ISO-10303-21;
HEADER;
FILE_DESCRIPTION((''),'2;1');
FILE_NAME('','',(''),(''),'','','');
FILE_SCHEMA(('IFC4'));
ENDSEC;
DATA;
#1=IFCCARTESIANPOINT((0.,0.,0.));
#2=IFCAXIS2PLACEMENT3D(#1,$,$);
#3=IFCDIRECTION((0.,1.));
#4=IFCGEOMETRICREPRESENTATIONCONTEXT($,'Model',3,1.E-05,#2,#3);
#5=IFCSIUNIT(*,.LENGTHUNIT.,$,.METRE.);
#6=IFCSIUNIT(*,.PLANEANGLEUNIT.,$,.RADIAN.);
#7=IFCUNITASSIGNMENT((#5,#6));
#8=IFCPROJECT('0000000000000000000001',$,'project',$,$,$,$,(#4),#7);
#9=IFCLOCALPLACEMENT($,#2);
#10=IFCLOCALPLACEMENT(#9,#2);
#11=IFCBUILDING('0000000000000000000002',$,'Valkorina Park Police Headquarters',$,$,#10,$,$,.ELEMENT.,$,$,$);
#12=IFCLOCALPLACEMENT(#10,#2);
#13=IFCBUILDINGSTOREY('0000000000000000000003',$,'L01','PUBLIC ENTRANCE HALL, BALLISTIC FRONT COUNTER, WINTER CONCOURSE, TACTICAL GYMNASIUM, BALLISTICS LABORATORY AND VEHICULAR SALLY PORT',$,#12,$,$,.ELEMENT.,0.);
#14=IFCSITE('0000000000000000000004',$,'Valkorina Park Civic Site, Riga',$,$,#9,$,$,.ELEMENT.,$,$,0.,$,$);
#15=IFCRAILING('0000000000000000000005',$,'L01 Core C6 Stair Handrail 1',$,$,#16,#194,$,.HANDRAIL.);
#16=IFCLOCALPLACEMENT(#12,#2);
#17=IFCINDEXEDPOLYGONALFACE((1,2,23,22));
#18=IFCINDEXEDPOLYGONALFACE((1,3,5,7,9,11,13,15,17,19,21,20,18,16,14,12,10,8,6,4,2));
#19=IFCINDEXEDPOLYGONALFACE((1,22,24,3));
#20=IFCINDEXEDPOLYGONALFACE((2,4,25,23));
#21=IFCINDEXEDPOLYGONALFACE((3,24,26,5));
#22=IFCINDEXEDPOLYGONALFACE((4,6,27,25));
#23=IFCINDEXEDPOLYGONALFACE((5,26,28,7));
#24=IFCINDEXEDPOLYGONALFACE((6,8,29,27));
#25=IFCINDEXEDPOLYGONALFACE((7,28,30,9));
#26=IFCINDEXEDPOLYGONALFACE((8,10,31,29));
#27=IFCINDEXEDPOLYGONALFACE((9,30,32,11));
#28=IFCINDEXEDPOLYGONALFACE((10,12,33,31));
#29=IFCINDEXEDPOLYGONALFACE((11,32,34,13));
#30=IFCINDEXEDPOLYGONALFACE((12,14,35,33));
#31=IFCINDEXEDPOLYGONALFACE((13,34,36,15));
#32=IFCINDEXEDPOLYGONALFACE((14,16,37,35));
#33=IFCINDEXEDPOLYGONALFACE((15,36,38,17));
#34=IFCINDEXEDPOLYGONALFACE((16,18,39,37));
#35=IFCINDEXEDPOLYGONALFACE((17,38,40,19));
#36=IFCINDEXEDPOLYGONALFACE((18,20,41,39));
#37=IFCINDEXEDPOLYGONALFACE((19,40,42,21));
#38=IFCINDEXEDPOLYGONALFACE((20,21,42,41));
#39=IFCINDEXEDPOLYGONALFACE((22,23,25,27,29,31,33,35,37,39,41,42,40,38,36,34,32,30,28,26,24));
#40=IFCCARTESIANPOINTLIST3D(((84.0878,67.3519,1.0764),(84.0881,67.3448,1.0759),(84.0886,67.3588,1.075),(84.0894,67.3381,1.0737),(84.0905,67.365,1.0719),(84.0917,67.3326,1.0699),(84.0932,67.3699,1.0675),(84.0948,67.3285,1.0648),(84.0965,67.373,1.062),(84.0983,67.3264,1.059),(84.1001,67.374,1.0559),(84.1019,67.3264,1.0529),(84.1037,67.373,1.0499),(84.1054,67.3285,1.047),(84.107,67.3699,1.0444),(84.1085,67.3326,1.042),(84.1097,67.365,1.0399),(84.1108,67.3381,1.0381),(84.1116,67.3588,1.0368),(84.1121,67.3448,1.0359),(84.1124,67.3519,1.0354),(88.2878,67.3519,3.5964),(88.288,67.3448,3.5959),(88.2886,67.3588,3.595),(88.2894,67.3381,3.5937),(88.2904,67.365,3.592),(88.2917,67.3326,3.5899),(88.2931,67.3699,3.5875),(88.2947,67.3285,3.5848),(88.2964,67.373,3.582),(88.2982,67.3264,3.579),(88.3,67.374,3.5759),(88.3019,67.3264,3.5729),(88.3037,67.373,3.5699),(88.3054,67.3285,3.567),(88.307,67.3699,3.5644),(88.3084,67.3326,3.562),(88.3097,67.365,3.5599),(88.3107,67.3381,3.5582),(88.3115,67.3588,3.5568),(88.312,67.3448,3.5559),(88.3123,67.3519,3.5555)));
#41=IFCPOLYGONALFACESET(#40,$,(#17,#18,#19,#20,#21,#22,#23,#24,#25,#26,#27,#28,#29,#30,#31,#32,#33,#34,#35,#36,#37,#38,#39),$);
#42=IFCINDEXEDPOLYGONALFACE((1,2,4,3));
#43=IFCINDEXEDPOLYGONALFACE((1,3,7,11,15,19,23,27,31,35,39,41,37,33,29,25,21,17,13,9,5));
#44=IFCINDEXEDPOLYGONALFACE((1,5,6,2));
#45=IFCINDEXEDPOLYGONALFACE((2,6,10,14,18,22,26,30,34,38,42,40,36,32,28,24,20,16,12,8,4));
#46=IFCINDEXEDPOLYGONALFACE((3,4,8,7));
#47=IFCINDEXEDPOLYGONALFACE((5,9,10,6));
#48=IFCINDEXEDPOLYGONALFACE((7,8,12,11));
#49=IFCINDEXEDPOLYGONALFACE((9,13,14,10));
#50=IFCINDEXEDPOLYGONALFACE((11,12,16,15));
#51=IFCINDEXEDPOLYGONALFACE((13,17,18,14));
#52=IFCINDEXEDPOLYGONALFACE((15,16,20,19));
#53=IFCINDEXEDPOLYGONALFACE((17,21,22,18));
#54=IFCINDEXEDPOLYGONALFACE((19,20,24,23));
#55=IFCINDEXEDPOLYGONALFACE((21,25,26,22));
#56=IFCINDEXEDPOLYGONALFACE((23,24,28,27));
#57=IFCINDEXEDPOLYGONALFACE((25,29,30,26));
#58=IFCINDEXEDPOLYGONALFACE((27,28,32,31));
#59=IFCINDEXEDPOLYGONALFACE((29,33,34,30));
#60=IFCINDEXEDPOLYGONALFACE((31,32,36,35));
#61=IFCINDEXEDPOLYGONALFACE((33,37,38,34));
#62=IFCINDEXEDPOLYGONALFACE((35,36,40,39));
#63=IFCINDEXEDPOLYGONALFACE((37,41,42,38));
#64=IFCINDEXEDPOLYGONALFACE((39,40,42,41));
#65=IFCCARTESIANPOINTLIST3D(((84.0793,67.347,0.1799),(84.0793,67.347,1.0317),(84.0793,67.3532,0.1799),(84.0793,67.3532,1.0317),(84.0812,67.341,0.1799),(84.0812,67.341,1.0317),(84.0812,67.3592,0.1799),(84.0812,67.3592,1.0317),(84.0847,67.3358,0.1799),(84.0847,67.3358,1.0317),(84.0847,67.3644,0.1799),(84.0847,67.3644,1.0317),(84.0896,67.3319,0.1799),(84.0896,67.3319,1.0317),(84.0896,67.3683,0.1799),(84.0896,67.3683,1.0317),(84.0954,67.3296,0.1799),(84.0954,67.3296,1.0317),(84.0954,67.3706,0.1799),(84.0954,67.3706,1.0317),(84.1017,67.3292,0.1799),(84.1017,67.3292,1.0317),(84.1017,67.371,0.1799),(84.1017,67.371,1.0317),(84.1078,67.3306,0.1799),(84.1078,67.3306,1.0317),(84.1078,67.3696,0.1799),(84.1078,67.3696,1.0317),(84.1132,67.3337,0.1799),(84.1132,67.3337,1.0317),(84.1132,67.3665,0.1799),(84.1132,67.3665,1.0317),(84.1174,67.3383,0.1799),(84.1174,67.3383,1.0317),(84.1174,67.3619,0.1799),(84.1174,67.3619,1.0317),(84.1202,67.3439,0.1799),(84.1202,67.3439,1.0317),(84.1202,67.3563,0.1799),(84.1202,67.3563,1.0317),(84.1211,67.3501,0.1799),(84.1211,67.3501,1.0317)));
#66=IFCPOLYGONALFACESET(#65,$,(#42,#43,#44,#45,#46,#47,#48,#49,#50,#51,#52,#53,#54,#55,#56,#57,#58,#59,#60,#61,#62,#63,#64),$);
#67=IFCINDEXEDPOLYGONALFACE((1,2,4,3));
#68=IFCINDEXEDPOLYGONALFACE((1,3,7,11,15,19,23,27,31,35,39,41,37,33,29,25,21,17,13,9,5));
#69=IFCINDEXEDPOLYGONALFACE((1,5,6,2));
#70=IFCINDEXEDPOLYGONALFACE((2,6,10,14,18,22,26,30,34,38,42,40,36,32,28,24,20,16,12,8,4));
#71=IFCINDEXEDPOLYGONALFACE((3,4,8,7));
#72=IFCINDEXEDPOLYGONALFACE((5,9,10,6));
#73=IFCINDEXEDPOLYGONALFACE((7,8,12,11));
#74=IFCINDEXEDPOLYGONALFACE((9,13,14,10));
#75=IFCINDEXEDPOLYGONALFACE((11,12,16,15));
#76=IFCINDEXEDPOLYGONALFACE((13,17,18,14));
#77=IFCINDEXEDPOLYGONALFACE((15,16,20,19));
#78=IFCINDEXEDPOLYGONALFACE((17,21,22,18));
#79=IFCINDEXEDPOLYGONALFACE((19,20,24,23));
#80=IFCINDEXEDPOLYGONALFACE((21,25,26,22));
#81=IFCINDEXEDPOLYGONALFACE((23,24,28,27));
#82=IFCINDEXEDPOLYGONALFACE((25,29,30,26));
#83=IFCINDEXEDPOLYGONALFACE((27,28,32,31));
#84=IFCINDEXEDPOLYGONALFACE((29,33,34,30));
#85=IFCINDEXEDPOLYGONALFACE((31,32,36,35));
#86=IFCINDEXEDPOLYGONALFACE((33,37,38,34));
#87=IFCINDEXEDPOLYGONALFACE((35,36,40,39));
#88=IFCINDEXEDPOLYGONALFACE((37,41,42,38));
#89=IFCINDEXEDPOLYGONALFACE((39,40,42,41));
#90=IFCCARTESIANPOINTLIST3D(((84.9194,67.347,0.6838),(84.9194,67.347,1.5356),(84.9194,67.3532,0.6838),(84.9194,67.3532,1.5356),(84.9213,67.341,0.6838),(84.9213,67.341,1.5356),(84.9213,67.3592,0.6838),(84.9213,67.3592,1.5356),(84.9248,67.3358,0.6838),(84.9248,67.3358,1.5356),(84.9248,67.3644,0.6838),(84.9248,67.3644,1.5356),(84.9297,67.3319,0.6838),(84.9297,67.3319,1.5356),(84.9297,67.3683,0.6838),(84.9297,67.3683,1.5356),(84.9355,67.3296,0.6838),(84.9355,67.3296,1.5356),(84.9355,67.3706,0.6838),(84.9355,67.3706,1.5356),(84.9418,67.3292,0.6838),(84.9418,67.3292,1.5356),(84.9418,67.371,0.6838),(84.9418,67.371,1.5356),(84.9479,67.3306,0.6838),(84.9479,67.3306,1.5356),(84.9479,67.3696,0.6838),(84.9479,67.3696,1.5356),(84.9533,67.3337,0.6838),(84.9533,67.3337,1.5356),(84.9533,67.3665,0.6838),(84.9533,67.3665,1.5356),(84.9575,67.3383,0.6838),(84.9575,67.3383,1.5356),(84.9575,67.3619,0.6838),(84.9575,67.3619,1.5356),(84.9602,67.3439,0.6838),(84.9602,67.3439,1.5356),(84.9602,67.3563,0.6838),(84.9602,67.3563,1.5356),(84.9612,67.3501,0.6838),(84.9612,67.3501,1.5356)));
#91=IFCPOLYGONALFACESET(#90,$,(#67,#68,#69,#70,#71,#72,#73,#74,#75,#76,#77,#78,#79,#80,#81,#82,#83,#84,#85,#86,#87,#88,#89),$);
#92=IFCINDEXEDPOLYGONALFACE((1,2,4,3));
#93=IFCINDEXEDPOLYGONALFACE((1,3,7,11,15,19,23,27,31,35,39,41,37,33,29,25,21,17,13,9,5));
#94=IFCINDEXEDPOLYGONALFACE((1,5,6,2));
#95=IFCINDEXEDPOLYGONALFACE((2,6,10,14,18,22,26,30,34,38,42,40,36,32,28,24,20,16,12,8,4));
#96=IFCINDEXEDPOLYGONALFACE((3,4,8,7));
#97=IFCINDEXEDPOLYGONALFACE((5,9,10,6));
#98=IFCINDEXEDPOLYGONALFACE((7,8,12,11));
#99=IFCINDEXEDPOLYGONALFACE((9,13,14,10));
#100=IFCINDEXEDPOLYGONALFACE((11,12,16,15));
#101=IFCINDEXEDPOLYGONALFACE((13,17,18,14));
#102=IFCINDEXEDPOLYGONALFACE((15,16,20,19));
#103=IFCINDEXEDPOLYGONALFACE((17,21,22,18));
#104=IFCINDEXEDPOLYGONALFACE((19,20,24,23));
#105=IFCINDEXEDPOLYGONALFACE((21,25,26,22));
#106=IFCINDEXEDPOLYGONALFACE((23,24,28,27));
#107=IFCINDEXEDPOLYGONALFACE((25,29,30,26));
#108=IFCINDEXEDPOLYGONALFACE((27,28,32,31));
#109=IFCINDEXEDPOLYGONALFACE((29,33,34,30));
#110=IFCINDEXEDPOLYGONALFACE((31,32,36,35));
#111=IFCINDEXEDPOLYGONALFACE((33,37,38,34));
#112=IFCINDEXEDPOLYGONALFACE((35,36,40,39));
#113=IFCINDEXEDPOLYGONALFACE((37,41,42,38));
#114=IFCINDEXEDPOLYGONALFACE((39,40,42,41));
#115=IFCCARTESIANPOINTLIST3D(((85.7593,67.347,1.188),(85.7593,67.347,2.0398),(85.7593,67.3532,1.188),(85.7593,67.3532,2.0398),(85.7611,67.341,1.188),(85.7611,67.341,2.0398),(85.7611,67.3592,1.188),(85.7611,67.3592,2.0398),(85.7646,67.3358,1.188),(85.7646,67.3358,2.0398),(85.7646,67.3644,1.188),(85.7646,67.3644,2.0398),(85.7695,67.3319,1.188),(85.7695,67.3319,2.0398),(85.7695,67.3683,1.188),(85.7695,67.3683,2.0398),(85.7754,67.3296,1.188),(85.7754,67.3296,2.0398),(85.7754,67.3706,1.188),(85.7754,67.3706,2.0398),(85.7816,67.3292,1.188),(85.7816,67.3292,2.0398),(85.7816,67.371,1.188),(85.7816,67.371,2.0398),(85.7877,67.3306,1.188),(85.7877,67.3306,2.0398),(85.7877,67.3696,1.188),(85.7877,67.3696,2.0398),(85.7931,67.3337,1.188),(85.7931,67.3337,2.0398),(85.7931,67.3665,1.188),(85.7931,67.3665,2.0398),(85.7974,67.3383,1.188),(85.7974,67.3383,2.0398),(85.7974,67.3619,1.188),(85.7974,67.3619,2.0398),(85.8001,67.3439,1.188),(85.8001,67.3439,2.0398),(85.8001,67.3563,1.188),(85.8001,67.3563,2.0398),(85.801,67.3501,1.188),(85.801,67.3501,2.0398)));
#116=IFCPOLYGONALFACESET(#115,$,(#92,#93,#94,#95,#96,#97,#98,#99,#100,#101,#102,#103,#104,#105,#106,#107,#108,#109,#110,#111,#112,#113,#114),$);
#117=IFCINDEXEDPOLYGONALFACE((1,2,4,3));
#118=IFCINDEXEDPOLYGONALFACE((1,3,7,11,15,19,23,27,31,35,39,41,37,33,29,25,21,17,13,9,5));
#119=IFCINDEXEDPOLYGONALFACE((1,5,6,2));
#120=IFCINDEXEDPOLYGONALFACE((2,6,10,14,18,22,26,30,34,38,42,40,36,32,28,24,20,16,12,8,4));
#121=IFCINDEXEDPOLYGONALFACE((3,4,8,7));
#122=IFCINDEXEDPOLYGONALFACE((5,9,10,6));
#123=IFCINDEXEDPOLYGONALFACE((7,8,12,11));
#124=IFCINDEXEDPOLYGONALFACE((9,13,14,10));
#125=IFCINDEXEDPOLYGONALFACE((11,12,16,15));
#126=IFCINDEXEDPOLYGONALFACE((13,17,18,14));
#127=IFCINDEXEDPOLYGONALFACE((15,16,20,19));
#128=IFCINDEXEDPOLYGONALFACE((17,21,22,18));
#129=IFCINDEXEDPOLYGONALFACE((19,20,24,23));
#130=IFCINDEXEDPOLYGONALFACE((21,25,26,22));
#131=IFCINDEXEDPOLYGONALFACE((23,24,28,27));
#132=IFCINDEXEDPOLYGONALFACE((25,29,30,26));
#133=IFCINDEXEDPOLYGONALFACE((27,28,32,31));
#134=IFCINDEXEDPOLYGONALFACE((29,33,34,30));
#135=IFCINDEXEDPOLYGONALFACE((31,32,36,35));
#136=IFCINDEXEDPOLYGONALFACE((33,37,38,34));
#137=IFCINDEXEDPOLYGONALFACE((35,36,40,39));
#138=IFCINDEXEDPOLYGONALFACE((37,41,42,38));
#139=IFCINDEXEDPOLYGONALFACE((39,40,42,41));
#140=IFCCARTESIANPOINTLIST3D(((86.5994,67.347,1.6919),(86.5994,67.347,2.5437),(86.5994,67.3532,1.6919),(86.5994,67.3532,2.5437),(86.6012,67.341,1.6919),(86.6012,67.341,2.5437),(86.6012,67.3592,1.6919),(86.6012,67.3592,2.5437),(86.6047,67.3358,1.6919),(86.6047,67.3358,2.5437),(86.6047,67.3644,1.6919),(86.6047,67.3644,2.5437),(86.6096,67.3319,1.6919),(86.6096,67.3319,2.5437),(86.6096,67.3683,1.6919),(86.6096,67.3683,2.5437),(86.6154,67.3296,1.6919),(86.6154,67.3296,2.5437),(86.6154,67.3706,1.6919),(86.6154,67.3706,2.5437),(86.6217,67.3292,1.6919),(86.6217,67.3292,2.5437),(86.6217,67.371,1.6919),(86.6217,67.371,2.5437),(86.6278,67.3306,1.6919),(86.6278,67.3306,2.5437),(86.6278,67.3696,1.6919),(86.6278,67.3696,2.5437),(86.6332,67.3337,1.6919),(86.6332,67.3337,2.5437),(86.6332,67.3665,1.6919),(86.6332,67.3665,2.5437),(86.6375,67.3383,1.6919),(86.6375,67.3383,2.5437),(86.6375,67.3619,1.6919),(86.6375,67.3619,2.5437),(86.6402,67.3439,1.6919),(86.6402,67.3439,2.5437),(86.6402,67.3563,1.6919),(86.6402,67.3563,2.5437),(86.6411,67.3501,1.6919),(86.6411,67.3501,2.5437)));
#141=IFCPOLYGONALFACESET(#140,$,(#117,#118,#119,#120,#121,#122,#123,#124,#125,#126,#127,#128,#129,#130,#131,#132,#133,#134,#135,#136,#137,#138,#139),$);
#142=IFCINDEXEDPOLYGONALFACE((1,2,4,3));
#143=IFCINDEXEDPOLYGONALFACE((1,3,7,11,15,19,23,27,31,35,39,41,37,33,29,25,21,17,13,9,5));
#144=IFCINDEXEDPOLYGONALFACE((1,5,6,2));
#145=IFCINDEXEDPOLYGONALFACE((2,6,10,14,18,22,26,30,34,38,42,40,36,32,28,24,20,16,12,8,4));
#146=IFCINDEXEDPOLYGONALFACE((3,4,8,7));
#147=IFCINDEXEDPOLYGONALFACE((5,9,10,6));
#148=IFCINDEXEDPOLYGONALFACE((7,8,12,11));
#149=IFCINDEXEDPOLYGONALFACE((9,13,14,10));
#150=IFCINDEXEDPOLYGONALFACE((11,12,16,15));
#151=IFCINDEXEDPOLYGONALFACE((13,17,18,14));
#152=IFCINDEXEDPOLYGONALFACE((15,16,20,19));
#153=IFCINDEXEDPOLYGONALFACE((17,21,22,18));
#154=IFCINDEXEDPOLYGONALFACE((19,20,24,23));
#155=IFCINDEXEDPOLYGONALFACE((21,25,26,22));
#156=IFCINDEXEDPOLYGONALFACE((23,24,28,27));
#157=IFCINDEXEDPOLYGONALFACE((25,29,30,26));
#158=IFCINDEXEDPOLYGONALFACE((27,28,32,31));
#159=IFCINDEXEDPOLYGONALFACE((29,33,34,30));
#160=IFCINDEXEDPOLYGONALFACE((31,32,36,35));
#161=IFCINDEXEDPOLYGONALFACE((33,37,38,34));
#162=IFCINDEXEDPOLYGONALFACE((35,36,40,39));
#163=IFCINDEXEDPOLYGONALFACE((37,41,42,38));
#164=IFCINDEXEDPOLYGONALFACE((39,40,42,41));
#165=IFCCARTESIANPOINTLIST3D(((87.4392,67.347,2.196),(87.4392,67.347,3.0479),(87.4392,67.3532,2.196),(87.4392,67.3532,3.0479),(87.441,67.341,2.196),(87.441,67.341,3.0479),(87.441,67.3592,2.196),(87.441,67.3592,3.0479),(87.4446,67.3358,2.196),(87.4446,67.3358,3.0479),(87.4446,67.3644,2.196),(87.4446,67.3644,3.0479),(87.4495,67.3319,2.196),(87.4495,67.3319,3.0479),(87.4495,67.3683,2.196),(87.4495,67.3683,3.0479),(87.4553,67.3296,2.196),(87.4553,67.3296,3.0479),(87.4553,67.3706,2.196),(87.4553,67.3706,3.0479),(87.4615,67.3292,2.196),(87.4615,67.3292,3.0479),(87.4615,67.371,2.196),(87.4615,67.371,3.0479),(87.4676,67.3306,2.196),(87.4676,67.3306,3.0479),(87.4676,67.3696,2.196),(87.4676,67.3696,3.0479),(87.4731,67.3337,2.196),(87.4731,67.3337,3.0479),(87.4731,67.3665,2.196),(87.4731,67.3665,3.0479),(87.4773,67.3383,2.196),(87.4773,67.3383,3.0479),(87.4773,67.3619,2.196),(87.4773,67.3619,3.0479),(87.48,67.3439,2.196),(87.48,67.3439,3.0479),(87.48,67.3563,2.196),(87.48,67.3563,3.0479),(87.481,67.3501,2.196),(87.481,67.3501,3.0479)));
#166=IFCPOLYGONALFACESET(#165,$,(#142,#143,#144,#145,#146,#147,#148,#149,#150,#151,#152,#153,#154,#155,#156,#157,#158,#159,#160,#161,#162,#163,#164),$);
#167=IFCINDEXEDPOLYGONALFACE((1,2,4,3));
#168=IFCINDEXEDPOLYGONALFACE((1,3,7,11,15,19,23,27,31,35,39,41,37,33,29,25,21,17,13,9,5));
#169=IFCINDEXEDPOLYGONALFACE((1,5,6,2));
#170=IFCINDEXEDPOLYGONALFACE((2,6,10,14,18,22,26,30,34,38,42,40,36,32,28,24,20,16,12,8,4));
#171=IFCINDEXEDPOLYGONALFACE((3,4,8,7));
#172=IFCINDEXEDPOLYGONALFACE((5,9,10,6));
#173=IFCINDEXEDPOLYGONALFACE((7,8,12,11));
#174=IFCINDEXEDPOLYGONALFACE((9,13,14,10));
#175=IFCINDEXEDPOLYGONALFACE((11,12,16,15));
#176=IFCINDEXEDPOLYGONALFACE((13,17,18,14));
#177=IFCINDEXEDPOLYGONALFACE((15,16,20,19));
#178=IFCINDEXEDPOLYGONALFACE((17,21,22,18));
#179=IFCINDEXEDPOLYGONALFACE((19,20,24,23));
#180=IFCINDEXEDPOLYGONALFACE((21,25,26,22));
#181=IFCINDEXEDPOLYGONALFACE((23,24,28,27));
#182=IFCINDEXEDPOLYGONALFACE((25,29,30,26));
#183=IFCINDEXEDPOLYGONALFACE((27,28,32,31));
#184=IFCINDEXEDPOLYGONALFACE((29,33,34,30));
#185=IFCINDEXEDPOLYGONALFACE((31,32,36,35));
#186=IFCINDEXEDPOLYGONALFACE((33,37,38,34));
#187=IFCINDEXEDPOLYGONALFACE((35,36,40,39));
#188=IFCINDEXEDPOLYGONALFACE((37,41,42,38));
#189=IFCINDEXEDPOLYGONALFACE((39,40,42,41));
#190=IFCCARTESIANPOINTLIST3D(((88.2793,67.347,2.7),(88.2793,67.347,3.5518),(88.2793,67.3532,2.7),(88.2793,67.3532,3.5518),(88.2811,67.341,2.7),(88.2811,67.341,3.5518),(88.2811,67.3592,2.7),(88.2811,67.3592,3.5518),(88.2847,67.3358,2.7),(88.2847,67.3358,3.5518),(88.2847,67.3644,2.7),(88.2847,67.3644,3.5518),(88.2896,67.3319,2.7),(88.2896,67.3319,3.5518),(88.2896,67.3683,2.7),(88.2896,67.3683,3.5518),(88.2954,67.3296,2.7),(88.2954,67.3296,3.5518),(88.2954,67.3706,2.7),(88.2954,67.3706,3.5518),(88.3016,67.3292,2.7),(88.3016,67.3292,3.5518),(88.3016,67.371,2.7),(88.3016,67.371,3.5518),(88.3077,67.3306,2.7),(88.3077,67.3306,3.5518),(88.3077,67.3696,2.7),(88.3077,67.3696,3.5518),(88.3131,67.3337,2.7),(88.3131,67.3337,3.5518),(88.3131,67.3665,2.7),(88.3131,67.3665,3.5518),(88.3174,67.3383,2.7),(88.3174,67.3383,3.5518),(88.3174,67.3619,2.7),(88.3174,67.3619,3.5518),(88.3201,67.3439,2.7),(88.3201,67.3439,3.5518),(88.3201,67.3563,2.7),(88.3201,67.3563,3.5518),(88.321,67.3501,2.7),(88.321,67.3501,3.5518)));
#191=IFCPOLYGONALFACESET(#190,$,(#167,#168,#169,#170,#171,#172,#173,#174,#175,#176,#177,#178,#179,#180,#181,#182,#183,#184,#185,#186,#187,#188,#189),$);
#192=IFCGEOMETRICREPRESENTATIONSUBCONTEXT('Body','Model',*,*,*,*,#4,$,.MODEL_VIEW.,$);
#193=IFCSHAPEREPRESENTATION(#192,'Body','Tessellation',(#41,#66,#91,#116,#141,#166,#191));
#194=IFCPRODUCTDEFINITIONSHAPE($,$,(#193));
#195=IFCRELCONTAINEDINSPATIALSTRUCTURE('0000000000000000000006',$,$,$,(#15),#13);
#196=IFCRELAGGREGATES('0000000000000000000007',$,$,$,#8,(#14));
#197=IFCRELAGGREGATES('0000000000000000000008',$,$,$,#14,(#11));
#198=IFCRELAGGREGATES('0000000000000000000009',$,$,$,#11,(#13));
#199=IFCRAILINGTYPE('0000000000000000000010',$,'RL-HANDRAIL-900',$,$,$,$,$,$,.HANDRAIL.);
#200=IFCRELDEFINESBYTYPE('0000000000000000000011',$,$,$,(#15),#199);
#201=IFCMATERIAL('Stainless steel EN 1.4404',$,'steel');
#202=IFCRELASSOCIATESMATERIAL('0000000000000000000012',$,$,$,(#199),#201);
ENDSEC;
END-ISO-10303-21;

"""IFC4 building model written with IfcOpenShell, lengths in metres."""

from ifc_helpers import new_model, si_unit, direction, frame, origin, origin_2d, place, context, subcontext, project, spatial, circle, extrude, material, type_object, element, save


model = new_model("IFC4")

# Units and contexts
model_context = context("Model", 3, precision=1e-05, world=origin(), true_north=direction((0.0, 1.0)))
body_context = subcontext(model_context, "Body", "Model", "MODEL_VIEW")
ifc_project = project(units=[si_unit("LENGTHUNIT", "METRE"), si_unit("PLANEANGLEUNIT", "RADIAN")], contexts=[model_context])

# Site, building, storey
site_placement = place(None, origin())
site = spatial("IfcSite", under=ifc_project, at=site_placement, Name="Valkorina Park Civic Site, Riga", CompositionType="ELEMENT", RefElevation=0.0)
building_placement = place(site_placement, origin())
building = spatial("IfcBuilding", under=site, at=building_placement, Name="Valkorina Park Police Headquarters", CompositionType="ELEMENT")
storey_placement = place(building_placement, origin())
storey = spatial("IfcBuildingStorey", under=building, at=storey_placement, Name="L01", Description="PUBLIC ENTRANCE HALL, BALLISTIC FRONT COUNTER, WINTER CONCOURSE, TACTICAL GYMNASIUM, BALLISTICS LABORATORY AND VEHICULAR SALLY PORT", CompositionType="ELEMENT", Elevation=0.0)

# Shared definitions
ifc_material_1 = material(Name="Stainless steel EN 1.4404", Category="steel")

# Railing
railing_type_1 = type_object("IfcRailingType", Name="RL-HANDRAIL-900", PredefinedType="HANDRAIL", material=ifc_material_1)
railing_1_placement = place(storey_placement, frame((84.1001, 67.3501, 0.1799)))
element("IfcRailing", 1, at=railing_1_placement, inside=storey, type_object=railing_type_1, Name="L01 Core C6 Stair Handrail 1", PredefinedType="HANDRAIL", context=body_context, shape_type="SweptSolid", body=[
    extrude(circle(Radius=0.0239, at=origin_2d()), frame((0.0, 0.0, 0.876), z_axis=(0.857489, 0.0, 0.514503), x_axis=(0.0, 1.0, 0.0)), (0.0, 0.0, 1.0), 4.8979),
    extrude(circle(Radius=0.021, at=origin_2d()), origin(), (0.0, 0.0, 1.0), 0.8518),
    extrude(circle(Radius=0.021, at=origin_2d()), frame((0.8401, 0.0, 0.5039)), (0.0, 0.0, 1.0), 0.8518),
    extrude(circle(Radius=0.021, at=origin_2d()), frame((1.6799, 0.0, 1.0081)), (0.0, 0.0, 1.0), 0.8518),
    extrude(circle(Radius=0.021, at=origin_2d()), frame((2.52, 0.0, 1.512)), (0.0, 0.0, 1.0), 0.8518),
    extrude(circle(Radius=0.021, at=origin_2d()), frame((3.3599, 0.0, 2.0161)), (0.0, 0.0, 1.0), 0.8518),
    extrude(circle(Radius=0.021, at=origin_2d()), frame((4.2, 0.0, 2.52)), (0.0, 0.0, 1.0), 0.8518),
])

save(model, "model.ifc")
